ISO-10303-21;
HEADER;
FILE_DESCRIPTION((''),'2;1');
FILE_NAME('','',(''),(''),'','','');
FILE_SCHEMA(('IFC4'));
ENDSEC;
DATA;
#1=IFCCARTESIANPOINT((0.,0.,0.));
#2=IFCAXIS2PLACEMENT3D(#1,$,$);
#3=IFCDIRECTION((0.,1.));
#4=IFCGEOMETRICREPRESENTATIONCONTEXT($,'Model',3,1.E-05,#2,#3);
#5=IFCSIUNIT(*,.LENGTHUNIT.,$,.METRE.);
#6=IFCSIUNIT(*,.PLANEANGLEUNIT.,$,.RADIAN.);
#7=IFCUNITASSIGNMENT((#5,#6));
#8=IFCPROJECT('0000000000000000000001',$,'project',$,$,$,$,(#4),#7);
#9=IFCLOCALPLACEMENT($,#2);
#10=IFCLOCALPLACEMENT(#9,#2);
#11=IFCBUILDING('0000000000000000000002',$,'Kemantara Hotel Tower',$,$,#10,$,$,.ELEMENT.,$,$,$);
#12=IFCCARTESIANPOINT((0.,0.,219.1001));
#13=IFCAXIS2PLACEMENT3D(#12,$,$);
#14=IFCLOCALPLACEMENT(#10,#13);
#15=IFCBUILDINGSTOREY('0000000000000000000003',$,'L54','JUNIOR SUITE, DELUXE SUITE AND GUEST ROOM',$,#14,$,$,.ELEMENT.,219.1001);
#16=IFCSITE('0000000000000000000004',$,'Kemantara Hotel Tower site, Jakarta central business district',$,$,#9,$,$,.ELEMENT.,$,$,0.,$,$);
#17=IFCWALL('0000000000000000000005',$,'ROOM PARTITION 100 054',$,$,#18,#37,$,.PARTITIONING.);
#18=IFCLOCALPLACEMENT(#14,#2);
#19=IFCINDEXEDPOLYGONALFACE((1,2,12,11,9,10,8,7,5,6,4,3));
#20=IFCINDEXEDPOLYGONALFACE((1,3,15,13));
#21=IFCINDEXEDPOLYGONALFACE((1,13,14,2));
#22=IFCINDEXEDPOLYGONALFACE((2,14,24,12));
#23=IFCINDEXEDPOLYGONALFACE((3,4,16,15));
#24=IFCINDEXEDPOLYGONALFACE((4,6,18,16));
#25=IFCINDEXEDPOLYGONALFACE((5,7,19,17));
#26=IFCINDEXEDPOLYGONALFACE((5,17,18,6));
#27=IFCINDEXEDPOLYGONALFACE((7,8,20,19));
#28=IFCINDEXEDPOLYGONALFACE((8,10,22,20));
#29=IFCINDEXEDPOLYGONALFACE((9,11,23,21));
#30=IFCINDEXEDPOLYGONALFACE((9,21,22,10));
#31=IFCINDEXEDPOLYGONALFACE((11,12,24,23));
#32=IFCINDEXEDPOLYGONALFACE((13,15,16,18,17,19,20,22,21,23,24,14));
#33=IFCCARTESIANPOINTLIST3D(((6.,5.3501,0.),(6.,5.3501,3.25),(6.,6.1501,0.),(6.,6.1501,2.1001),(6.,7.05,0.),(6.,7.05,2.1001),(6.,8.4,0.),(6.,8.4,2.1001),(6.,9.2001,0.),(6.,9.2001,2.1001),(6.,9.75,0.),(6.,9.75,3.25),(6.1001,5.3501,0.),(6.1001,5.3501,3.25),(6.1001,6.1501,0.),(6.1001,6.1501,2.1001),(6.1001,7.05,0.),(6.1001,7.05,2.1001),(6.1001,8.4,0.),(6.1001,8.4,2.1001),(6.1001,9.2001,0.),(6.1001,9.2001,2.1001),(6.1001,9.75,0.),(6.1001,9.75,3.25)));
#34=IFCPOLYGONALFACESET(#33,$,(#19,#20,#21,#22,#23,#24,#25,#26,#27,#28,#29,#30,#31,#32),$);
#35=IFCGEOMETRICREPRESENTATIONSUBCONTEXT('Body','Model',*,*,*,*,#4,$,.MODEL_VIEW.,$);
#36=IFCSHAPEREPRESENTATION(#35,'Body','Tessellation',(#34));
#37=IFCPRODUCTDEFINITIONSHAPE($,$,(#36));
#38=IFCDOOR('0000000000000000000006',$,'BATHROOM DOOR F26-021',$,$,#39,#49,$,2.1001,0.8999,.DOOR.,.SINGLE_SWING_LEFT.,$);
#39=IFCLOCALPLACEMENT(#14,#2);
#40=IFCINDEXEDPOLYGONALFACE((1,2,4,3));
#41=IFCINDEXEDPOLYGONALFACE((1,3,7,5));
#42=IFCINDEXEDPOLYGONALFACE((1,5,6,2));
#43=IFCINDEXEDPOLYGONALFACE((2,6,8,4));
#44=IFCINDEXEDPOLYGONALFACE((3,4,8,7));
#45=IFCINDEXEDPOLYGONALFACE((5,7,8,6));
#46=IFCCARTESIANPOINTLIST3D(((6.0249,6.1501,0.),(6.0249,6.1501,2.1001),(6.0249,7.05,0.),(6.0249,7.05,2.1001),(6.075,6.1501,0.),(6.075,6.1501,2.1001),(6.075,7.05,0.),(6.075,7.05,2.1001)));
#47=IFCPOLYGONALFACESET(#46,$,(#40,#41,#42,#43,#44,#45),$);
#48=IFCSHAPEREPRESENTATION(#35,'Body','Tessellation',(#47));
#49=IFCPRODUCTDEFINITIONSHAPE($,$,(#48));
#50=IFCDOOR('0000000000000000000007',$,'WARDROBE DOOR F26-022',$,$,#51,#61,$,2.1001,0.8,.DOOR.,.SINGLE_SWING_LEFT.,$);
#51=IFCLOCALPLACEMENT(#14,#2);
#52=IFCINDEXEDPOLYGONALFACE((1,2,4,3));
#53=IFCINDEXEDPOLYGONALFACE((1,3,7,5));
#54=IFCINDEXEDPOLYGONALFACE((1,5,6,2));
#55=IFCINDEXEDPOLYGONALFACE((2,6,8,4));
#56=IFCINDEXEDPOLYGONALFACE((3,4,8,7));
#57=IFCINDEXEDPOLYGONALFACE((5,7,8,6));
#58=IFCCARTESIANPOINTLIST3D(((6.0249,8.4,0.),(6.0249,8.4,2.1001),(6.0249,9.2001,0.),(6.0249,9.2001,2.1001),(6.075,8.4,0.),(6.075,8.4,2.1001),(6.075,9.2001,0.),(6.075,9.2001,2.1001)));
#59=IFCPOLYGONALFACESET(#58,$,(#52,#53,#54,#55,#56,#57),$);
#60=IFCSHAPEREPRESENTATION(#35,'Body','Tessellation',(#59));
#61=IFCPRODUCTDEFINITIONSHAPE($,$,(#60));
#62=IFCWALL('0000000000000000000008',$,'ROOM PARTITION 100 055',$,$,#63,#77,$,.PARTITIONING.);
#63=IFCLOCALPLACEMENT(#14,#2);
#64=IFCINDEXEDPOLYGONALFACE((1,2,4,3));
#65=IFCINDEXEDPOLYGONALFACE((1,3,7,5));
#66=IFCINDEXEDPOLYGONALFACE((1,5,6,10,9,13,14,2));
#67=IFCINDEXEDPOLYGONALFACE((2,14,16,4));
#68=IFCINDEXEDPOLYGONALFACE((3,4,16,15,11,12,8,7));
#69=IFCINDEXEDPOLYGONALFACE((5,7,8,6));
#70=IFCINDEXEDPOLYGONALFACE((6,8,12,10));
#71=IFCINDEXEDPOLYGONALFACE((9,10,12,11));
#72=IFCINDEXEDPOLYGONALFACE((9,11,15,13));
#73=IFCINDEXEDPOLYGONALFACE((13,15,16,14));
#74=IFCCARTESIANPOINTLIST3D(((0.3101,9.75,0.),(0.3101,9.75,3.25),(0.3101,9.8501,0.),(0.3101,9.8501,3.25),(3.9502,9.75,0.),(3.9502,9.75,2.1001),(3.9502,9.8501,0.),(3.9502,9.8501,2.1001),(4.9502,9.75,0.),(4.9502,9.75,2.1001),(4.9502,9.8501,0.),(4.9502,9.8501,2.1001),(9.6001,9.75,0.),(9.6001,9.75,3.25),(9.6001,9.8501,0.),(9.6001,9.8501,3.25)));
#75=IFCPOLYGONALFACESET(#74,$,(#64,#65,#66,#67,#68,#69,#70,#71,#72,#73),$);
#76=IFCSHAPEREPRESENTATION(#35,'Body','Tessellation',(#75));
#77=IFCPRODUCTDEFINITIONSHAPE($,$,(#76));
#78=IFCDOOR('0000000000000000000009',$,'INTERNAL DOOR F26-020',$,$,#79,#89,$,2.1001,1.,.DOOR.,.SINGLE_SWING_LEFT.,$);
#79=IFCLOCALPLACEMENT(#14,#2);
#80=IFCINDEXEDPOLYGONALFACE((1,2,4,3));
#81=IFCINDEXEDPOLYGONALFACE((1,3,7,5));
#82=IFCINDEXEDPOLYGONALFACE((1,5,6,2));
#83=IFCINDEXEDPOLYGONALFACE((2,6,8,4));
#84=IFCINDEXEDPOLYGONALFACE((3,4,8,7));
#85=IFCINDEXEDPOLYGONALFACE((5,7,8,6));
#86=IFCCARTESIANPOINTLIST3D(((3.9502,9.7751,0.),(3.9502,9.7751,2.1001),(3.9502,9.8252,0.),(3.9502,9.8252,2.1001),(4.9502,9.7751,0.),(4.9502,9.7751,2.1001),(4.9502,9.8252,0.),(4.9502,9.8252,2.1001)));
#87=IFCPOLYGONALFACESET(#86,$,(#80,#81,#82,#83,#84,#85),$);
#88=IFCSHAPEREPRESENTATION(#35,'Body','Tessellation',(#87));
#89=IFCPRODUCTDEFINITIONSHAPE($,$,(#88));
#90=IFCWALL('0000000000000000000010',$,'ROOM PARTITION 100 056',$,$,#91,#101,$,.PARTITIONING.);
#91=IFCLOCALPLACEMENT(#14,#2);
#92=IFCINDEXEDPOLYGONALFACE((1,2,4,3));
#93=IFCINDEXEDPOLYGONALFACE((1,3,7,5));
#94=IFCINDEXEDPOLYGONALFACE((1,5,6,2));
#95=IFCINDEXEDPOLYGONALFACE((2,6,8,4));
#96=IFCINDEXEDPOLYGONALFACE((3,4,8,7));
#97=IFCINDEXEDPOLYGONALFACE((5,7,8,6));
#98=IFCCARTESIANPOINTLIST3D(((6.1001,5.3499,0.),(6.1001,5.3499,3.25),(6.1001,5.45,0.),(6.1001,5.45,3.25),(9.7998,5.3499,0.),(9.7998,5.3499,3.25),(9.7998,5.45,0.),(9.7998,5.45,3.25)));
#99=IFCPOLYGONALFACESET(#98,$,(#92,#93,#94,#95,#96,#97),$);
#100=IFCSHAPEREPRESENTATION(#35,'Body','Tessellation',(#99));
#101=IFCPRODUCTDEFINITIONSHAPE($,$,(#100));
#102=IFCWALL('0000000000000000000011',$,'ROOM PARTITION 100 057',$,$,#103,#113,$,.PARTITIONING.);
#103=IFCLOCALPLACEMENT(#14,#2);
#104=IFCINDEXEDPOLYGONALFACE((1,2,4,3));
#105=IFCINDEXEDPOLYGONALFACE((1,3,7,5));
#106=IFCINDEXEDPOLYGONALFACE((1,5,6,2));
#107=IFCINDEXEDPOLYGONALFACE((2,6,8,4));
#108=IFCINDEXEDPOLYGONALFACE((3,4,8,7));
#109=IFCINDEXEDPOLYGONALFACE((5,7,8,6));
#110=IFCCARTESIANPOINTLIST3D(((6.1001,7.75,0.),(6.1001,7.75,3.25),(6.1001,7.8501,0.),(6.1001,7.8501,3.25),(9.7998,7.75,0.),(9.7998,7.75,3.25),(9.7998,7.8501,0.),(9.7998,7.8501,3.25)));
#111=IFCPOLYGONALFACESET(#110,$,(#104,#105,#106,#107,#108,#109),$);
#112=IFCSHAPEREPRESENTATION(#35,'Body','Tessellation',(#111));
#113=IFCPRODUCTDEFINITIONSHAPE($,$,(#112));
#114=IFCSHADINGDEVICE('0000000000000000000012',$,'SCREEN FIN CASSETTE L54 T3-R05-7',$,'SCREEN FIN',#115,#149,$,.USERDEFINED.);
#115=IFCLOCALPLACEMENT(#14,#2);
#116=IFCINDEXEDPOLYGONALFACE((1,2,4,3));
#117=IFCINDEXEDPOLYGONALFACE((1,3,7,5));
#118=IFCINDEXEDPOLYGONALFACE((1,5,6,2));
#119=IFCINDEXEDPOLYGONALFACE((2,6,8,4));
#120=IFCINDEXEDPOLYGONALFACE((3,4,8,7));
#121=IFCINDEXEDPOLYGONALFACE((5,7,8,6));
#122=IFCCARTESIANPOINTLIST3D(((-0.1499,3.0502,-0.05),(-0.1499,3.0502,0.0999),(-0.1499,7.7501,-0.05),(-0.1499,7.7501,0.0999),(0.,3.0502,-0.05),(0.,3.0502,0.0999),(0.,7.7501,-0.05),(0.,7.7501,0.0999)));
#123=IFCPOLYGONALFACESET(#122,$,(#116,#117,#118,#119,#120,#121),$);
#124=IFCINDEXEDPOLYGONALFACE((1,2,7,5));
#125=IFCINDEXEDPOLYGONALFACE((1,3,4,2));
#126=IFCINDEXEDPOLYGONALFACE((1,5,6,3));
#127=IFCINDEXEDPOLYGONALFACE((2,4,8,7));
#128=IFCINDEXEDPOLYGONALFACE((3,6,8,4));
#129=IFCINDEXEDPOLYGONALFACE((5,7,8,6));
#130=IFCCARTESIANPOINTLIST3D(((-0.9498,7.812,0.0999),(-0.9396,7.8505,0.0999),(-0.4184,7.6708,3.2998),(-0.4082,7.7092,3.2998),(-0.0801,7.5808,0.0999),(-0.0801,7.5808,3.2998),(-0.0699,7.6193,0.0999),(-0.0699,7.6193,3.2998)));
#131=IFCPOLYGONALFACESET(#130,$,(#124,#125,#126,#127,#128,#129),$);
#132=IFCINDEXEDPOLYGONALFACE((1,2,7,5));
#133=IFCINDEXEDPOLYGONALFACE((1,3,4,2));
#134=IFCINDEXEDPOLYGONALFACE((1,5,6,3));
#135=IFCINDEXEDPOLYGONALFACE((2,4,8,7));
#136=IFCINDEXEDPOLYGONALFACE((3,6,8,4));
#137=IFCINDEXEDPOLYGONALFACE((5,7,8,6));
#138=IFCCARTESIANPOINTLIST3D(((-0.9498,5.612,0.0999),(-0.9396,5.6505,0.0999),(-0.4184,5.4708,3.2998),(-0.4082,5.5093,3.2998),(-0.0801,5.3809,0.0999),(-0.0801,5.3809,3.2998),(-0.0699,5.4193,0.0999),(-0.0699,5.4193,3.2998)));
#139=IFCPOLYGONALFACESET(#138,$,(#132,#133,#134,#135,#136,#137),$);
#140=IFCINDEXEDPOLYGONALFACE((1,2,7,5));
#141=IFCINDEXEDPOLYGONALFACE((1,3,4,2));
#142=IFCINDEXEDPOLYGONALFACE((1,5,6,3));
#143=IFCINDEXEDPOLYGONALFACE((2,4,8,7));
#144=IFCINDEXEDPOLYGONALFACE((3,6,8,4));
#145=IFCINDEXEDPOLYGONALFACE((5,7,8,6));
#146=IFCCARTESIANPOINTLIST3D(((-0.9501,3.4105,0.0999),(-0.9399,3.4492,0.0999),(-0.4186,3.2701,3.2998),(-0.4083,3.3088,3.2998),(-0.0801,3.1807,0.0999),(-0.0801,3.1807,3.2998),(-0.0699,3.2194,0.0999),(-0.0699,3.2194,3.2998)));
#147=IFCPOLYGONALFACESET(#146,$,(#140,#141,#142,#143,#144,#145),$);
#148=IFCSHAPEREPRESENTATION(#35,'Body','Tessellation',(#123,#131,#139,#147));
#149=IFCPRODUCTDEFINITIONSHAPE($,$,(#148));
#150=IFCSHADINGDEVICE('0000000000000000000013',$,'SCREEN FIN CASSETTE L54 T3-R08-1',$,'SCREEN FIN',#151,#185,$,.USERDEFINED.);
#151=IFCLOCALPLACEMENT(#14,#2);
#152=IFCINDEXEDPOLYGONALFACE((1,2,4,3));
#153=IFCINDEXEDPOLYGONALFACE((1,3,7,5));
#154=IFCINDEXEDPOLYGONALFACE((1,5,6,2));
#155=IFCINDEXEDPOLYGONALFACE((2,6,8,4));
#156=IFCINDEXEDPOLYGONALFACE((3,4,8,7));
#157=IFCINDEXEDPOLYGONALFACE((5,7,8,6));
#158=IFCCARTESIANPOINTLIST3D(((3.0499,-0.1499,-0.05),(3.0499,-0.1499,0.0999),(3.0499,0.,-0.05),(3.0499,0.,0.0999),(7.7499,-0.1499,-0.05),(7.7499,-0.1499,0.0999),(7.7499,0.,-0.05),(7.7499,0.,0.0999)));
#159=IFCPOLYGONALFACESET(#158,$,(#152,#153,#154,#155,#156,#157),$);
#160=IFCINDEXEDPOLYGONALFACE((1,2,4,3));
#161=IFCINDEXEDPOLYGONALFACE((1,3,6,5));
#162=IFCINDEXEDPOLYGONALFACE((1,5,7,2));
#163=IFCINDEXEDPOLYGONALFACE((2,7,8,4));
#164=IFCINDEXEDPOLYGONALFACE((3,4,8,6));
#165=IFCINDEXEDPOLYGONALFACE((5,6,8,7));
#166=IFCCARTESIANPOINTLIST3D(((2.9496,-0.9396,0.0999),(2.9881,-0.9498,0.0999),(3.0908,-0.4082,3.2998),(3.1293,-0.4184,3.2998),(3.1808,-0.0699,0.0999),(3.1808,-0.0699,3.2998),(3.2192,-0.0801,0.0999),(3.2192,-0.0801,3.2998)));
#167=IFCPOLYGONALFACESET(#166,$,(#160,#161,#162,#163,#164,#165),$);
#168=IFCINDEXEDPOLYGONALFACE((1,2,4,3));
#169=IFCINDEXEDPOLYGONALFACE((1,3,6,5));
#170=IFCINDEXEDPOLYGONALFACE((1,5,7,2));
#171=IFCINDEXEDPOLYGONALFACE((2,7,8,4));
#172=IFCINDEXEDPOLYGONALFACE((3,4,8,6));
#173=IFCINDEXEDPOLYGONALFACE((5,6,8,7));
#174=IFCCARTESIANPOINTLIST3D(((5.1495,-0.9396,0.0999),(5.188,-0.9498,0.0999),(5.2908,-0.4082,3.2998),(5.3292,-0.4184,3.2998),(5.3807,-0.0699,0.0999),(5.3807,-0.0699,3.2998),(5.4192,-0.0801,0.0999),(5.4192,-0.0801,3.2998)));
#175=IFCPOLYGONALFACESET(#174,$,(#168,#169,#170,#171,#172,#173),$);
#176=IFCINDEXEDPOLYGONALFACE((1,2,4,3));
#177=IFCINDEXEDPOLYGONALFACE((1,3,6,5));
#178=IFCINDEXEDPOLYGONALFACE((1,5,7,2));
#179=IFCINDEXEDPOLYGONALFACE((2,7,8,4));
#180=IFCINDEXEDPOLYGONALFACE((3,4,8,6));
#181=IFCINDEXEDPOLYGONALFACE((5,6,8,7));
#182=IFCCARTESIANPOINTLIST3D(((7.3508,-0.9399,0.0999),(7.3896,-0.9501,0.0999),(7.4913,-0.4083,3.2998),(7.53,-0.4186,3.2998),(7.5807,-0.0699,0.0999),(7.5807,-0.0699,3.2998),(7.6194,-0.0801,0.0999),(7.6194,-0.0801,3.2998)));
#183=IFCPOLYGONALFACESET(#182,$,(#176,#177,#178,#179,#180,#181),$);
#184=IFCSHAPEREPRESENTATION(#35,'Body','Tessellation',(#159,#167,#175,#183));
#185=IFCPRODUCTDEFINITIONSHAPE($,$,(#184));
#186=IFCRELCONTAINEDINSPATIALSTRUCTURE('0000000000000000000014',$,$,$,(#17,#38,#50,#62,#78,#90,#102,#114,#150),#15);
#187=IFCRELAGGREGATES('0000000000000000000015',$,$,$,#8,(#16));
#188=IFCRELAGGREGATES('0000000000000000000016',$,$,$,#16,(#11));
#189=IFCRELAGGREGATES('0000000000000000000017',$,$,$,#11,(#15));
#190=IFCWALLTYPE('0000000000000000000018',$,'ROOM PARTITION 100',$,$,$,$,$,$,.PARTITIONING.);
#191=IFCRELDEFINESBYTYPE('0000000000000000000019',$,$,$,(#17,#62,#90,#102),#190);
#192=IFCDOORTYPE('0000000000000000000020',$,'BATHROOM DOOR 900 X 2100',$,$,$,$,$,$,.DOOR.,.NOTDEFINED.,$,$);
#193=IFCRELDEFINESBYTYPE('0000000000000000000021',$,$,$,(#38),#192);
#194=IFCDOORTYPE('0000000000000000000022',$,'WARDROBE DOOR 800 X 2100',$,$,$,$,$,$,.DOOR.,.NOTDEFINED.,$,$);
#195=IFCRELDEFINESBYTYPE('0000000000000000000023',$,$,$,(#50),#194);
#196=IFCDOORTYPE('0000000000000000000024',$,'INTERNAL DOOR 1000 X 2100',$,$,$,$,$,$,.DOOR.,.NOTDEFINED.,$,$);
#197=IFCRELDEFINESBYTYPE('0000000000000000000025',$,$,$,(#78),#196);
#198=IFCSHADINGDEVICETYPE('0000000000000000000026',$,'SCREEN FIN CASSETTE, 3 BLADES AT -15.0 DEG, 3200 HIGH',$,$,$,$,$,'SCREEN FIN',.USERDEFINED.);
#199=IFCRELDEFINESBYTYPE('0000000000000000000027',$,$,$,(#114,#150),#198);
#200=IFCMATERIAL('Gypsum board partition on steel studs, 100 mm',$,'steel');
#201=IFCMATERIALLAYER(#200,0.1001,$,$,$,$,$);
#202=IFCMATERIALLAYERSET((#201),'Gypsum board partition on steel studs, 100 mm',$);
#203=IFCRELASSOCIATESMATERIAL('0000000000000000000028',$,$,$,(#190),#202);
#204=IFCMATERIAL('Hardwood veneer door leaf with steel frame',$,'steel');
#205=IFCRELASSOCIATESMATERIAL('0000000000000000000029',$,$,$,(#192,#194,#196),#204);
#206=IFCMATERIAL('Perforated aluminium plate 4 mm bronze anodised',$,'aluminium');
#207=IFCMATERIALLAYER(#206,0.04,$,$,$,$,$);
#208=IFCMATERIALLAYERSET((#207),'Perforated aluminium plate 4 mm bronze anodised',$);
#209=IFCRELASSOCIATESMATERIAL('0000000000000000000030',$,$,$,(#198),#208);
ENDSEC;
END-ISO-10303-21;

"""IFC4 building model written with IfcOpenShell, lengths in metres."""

from ifc_helpers import new_model, si_unit, direction, frame, frame_2d, origin, origin_2d, place, context, subcontext, project, spatial, polyline, rectangle, outline, extrude, source, transform, mapped, material, layer, layer_set, type_object, element, fill, save


model = new_model("IFC4")

# Units and contexts
model_context = context("Model", 3, precision=1e-05, world=origin(), true_north=direction((0.0, 1.0)))
body_context = subcontext(model_context, "Body", "Model", "MODEL_VIEW")
ifc_project = project(units=[si_unit("LENGTHUNIT", "METRE"), si_unit("PLANEANGLEUNIT", "RADIAN")], contexts=[model_context])

# Site, building, storey
site_placement = place(None, origin())
site = spatial("IfcSite", under=ifc_project, at=site_placement, Name="Kemantara Hotel Tower site, Jakarta central business district", CompositionType="ELEMENT", RefElevation=0.0)
building_placement = place(site_placement, origin())
building = spatial("IfcBuilding", under=site, at=building_placement, Name="Kemantara Hotel Tower", CompositionType="ELEMENT")
storey_placement = place(building_placement, frame((0.0, 0.0, 219.1001)))
storey = spatial("IfcBuildingStorey", under=building, at=storey_placement, Name="L54", Description="JUNIOR SUITE, DELUXE SUITE AND GUEST ROOM", CompositionType="ELEMENT", Elevation=219.1001)

# Wall, openings, doors
ifc_material_1 = material(Name="Hardwood veneer door leaf with steel frame", Category="steel")
ifc_material_2 = material(Name="Gypsum board partition on steel studs, 100 mm", Category="steel")
ifc_layer_1 = layer(ifc_material_2, 0.1001)
ifc_layer_set_1 = layer_set([ifc_layer_1], Name="Gypsum board partition on steel studs, 100 mm")
wall_type_1 = type_object("IfcWallType", Name="ROOM PARTITION 100", PredefinedType="PARTITIONING", material=ifc_layer_set_1)
wall_1_placement = place(storey_placement, frame((6.05, 9.75, 0.0), z_axis=(0.0, 0.0, 1.0), x_axis=(0.0, -1.0, 0.0)))
wall_1 = element("IfcWall", 1, at=wall_1_placement, inside=storey, type_object=wall_type_1, Name="ROOM PARTITION 100 054", PredefinedType="PARTITIONING", context=body_context, shape_type="SweptSolid", body=[
    extrude(rectangle(XDim=4.3999, YDim=0.1001, at=frame_2d((2.2, 0.0))), origin(), (0.0, 0.0, 1.0), 3.25),
])
opening_1_placement = place(wall_1_placement, frame((2.7, 0.0, 0.0)))
opening_1 = element("IfcOpeningElement", 2, at=opening_1_placement, cuts=wall_1, PredefinedType="OPENING", context=body_context, shape_type="SweptSolid", body=[
    extrude(rectangle(XDim=0.8999, YDim=2.1001, at=frame_2d((0.45, 1.05))), frame((0.0, 0.0601, 0.0), z_axis=(0.0, -1.0, 0.0), x_axis=(1.0, 0.0, 0.0)), (0.0, 0.0, 1.0), 0.1201),
])
opening_2_placement = place(wall_1_placement, frame((0.55, 0.0, 0.0)))
opening_2 = element("IfcOpeningElement", 3, at=opening_2_placement, cuts=wall_1, PredefinedType="OPENING", context=body_context, shape_type="SweptSolid", body=[
    extrude(rectangle(XDim=0.8, YDim=2.1001, at=frame_2d((0.3999, 1.05))), frame((0.0, 0.0601, 0.0), z_axis=(0.0, -1.0, 0.0), x_axis=(1.0, 0.0, 0.0)), (0.0, 0.0, 1.0), 0.1201),
])
door_type_1 = type_object("IfcDoorType", Name="BATHROOM DOOR 900 X 2100", OperationType="NOTDEFINED", PredefinedType="DOOR", material=ifc_material_1)
door_1_placement = place(opening_1_placement, origin())
door_1 = element("IfcDoor", 4, at=door_1_placement, inside=storey, type_object=door_type_1, Name="BATHROOM DOOR F26-021", OperationType="SINGLE_SWING_LEFT", OverallHeight=2.1001, OverallWidth=0.8999, PredefinedType="DOOR", context=body_context, shape_type="SweptSolid", body=[
    extrude(rectangle(XDim=0.8999, YDim=2.1001, at=frame_2d((0.45, 1.05))), frame((0.0, 0.0249, 0.0), z_axis=(0.0, -1.0, 0.0), x_axis=(1.0, 0.0, 0.0)), (0.0, 0.0, 1.0), 0.05),
])
fill(opening_1, door_1)
door_type_2 = type_object("IfcDoorType", Name="WARDROBE DOOR 800 X 2100", OperationType="NOTDEFINED", PredefinedType="DOOR", material=ifc_material_1)
door_2_placement = place(opening_2_placement, origin())
door_2 = element("IfcDoor", 5, at=door_2_placement, inside=storey, type_object=door_type_2, Name="WARDROBE DOOR F26-022", OperationType="SINGLE_SWING_LEFT", OverallHeight=2.1001, OverallWidth=0.8, PredefinedType="DOOR", context=body_context, shape_type="SweptSolid", body=[
    extrude(rectangle(XDim=0.8, YDim=2.1001, at=frame_2d((0.3999, 1.05))), frame((0.0, 0.0249, 0.0), z_axis=(0.0, -1.0, 0.0), x_axis=(1.0, 0.0, 0.0)), (0.0, 0.0, 1.0), 0.05),
])
fill(opening_2, door_2)

# Wall, opening, door
wall_2_placement = place(storey_placement, frame((9.6001, 9.8, 0.0), z_axis=(0.0, 0.0, 1.0), x_axis=(-1.0, 0.0, 0.0)))
wall_2 = element("IfcWall", 6, at=wall_2_placement, inside=storey, type_object=wall_type_1, Name="ROOM PARTITION 100 055", PredefinedType="PARTITIONING", context=body_context, shape_type="SweptSolid", body=[
    extrude(rectangle(XDim=9.29, YDim=0.1001, at=frame_2d((4.645, 0.0))), origin(), (0.0, 0.0, 1.0), 3.25),
])
opening_3_placement = place(wall_2_placement, frame((4.6499, 0.0, 0.0)))
opening_3 = element("IfcOpeningElement", 7, at=opening_3_placement, cuts=wall_2, PredefinedType="OPENING", context=body_context, shape_type="SweptSolid", body=[
    extrude(rectangle(XDim=1.0, YDim=2.1001, at=frame_2d((0.5, 1.05))), frame((0.0, 0.0601, 0.0), z_axis=(0.0, -1.0, 0.0), x_axis=(1.0, 0.0, 0.0)), (0.0, 0.0, 1.0), 0.1201),
])
door_type_3 = type_object("IfcDoorType", Name="INTERNAL DOOR 1000 X 2100", OperationType="NOTDEFINED", PredefinedType="DOOR", material=ifc_material_1)
door_3_placement = place(opening_3_placement, origin())
door_3 = element("IfcDoor", 8, at=door_3_placement, inside=storey, type_object=door_type_3, Name="INTERNAL DOOR F26-020", OperationType="SINGLE_SWING_LEFT", OverallHeight=2.1001, OverallWidth=1.0, PredefinedType="DOOR", context=body_context, shape_type="SweptSolid", body=[
    extrude(rectangle(XDim=1.0, YDim=2.1001, at=frame_2d((0.5, 1.05))), frame((0.0, 0.0249, 0.0), z_axis=(0.0, -1.0, 0.0), x_axis=(1.0, 0.0, 0.0)), (0.0, 0.0, 1.0), 0.05),
])
fill(opening_3, door_3)

# Walls
for number, where, z_axis, x_axis, name in (
    (9, (6.1001, 5.3999, 0.0), (0.0, 0.0, 1.0), (1.0, 0.0, 0.0), "ROOM PARTITION 100 056"),
    (10, (6.1001, 7.8, 0.0), (0.0, 0.0, 1.0), (1.0, 0.0, 0.0), "ROOM PARTITION 100 057"),
):
    element("IfcWall", number, at=place(storey_placement, frame(where, z_axis=z_axis, x_axis=x_axis)), inside=storey, type_object=wall_type_1, Name=name, PredefinedType="PARTITIONING", context=body_context, shape_type="SweptSolid", body=[
        extrude(rectangle(XDim=3.6997, YDim=0.1001, at=frame_2d((1.8499, 0.0))), origin(), (0.0, 0.0, 1.0), 3.25),
    ])

# Shading devices
ifc_material_3 = material(Name="Perforated aluminium plate 4 mm bronze anodised", Category="aluminium")
ifc_layer_2 = layer(ifc_material_3, 0.04)
ifc_layer_set_2 = layer_set([ifc_layer_2], Name="Perforated aluminium plate 4 mm bronze anodised")
shading_device_type_1 = type_object("IfcShadingDeviceType", Name="SCREEN FIN CASSETTE, 3 BLADES AT -15.0 DEG, 3200 HIGH", ElementType="SCREEN FIN", PredefinedType="USERDEFINED", material=ifc_layer_set_2)
shared_shape_1 = source(origin(), body_context, "Body", "SweptSolid", [
    extrude(rectangle(XDim=4.7, YDim=0.1499, at=origin_2d()), frame((2.2, -0.075, -0.1499), z_axis=(0.0, 0.0, 1.0), x_axis=(1.0, 0.0, 0.0)), (0.0, 0.0, 1.0), 0.1499),
    extrude(outline(polyline([(0.0, 0.0), (0.8999, 0.0), (0.3501, 3.2), (0.0, 3.2), (0.0, 0.0)])), frame((0.0193, -0.0801, 0.0), z_axis=(-0.966438, 0.256901, 0.0), x_axis=(-0.256901, -0.966438, 0.0)), (0.0, 0.0, 1.0), 0.0398),
    extrude(outline(polyline([(0.0, 0.0), (0.8999, 0.0), (0.3501, 3.2), (0.0, 3.2), (0.0, 0.0)])), frame((2.2192, -0.0801, 0.0), z_axis=(-0.966438, 0.256901, 0.0), x_axis=(-0.256901, -0.966438, 0.0)), (0.0, 0.0, 1.0), 0.0398),
    extrude(outline(polyline([(0.0, 0.0), (0.8999, 0.0), (0.3501, 3.2), (0.0, 3.2), (0.0, 0.0)])), frame((4.4194, -0.0801, 0.0), z_axis=(-0.966838, 0.255391, 0.0), x_axis=(-0.255391, -0.966838, 0.0)), (0.0, 0.0, 1.0), 0.04),
])
for number, where, z_axis, x_axis, name in (
    (11, (0.0, 7.6001, 0.0999), (0.0, 0.0, 1.0), (0.0, -1.0, 0.0), "SCREEN FIN CASSETTE L54 T3-R05-7"),
    (12, (3.2, 0.0, 0.0999), (0.0, 0.0, 1.0), (1.0, 0.0, 0.0), "SCREEN FIN CASSETTE L54 T3-R08-1"),
):
    element("IfcShadingDevice", number, at=place(storey_placement, frame(where, z_axis=z_axis, x_axis=x_axis)), inside=storey, type_object=shading_device_type_1, Name=name, ObjectType="SCREEN FIN", PredefinedType="USERDEFINED", context=body_context, shape_type="MappedRepresentation", body=[
        mapped(shared_shape_1, transform((0.0, 0.0, 0.0))),
    ])

save(model, "model.ifc")
